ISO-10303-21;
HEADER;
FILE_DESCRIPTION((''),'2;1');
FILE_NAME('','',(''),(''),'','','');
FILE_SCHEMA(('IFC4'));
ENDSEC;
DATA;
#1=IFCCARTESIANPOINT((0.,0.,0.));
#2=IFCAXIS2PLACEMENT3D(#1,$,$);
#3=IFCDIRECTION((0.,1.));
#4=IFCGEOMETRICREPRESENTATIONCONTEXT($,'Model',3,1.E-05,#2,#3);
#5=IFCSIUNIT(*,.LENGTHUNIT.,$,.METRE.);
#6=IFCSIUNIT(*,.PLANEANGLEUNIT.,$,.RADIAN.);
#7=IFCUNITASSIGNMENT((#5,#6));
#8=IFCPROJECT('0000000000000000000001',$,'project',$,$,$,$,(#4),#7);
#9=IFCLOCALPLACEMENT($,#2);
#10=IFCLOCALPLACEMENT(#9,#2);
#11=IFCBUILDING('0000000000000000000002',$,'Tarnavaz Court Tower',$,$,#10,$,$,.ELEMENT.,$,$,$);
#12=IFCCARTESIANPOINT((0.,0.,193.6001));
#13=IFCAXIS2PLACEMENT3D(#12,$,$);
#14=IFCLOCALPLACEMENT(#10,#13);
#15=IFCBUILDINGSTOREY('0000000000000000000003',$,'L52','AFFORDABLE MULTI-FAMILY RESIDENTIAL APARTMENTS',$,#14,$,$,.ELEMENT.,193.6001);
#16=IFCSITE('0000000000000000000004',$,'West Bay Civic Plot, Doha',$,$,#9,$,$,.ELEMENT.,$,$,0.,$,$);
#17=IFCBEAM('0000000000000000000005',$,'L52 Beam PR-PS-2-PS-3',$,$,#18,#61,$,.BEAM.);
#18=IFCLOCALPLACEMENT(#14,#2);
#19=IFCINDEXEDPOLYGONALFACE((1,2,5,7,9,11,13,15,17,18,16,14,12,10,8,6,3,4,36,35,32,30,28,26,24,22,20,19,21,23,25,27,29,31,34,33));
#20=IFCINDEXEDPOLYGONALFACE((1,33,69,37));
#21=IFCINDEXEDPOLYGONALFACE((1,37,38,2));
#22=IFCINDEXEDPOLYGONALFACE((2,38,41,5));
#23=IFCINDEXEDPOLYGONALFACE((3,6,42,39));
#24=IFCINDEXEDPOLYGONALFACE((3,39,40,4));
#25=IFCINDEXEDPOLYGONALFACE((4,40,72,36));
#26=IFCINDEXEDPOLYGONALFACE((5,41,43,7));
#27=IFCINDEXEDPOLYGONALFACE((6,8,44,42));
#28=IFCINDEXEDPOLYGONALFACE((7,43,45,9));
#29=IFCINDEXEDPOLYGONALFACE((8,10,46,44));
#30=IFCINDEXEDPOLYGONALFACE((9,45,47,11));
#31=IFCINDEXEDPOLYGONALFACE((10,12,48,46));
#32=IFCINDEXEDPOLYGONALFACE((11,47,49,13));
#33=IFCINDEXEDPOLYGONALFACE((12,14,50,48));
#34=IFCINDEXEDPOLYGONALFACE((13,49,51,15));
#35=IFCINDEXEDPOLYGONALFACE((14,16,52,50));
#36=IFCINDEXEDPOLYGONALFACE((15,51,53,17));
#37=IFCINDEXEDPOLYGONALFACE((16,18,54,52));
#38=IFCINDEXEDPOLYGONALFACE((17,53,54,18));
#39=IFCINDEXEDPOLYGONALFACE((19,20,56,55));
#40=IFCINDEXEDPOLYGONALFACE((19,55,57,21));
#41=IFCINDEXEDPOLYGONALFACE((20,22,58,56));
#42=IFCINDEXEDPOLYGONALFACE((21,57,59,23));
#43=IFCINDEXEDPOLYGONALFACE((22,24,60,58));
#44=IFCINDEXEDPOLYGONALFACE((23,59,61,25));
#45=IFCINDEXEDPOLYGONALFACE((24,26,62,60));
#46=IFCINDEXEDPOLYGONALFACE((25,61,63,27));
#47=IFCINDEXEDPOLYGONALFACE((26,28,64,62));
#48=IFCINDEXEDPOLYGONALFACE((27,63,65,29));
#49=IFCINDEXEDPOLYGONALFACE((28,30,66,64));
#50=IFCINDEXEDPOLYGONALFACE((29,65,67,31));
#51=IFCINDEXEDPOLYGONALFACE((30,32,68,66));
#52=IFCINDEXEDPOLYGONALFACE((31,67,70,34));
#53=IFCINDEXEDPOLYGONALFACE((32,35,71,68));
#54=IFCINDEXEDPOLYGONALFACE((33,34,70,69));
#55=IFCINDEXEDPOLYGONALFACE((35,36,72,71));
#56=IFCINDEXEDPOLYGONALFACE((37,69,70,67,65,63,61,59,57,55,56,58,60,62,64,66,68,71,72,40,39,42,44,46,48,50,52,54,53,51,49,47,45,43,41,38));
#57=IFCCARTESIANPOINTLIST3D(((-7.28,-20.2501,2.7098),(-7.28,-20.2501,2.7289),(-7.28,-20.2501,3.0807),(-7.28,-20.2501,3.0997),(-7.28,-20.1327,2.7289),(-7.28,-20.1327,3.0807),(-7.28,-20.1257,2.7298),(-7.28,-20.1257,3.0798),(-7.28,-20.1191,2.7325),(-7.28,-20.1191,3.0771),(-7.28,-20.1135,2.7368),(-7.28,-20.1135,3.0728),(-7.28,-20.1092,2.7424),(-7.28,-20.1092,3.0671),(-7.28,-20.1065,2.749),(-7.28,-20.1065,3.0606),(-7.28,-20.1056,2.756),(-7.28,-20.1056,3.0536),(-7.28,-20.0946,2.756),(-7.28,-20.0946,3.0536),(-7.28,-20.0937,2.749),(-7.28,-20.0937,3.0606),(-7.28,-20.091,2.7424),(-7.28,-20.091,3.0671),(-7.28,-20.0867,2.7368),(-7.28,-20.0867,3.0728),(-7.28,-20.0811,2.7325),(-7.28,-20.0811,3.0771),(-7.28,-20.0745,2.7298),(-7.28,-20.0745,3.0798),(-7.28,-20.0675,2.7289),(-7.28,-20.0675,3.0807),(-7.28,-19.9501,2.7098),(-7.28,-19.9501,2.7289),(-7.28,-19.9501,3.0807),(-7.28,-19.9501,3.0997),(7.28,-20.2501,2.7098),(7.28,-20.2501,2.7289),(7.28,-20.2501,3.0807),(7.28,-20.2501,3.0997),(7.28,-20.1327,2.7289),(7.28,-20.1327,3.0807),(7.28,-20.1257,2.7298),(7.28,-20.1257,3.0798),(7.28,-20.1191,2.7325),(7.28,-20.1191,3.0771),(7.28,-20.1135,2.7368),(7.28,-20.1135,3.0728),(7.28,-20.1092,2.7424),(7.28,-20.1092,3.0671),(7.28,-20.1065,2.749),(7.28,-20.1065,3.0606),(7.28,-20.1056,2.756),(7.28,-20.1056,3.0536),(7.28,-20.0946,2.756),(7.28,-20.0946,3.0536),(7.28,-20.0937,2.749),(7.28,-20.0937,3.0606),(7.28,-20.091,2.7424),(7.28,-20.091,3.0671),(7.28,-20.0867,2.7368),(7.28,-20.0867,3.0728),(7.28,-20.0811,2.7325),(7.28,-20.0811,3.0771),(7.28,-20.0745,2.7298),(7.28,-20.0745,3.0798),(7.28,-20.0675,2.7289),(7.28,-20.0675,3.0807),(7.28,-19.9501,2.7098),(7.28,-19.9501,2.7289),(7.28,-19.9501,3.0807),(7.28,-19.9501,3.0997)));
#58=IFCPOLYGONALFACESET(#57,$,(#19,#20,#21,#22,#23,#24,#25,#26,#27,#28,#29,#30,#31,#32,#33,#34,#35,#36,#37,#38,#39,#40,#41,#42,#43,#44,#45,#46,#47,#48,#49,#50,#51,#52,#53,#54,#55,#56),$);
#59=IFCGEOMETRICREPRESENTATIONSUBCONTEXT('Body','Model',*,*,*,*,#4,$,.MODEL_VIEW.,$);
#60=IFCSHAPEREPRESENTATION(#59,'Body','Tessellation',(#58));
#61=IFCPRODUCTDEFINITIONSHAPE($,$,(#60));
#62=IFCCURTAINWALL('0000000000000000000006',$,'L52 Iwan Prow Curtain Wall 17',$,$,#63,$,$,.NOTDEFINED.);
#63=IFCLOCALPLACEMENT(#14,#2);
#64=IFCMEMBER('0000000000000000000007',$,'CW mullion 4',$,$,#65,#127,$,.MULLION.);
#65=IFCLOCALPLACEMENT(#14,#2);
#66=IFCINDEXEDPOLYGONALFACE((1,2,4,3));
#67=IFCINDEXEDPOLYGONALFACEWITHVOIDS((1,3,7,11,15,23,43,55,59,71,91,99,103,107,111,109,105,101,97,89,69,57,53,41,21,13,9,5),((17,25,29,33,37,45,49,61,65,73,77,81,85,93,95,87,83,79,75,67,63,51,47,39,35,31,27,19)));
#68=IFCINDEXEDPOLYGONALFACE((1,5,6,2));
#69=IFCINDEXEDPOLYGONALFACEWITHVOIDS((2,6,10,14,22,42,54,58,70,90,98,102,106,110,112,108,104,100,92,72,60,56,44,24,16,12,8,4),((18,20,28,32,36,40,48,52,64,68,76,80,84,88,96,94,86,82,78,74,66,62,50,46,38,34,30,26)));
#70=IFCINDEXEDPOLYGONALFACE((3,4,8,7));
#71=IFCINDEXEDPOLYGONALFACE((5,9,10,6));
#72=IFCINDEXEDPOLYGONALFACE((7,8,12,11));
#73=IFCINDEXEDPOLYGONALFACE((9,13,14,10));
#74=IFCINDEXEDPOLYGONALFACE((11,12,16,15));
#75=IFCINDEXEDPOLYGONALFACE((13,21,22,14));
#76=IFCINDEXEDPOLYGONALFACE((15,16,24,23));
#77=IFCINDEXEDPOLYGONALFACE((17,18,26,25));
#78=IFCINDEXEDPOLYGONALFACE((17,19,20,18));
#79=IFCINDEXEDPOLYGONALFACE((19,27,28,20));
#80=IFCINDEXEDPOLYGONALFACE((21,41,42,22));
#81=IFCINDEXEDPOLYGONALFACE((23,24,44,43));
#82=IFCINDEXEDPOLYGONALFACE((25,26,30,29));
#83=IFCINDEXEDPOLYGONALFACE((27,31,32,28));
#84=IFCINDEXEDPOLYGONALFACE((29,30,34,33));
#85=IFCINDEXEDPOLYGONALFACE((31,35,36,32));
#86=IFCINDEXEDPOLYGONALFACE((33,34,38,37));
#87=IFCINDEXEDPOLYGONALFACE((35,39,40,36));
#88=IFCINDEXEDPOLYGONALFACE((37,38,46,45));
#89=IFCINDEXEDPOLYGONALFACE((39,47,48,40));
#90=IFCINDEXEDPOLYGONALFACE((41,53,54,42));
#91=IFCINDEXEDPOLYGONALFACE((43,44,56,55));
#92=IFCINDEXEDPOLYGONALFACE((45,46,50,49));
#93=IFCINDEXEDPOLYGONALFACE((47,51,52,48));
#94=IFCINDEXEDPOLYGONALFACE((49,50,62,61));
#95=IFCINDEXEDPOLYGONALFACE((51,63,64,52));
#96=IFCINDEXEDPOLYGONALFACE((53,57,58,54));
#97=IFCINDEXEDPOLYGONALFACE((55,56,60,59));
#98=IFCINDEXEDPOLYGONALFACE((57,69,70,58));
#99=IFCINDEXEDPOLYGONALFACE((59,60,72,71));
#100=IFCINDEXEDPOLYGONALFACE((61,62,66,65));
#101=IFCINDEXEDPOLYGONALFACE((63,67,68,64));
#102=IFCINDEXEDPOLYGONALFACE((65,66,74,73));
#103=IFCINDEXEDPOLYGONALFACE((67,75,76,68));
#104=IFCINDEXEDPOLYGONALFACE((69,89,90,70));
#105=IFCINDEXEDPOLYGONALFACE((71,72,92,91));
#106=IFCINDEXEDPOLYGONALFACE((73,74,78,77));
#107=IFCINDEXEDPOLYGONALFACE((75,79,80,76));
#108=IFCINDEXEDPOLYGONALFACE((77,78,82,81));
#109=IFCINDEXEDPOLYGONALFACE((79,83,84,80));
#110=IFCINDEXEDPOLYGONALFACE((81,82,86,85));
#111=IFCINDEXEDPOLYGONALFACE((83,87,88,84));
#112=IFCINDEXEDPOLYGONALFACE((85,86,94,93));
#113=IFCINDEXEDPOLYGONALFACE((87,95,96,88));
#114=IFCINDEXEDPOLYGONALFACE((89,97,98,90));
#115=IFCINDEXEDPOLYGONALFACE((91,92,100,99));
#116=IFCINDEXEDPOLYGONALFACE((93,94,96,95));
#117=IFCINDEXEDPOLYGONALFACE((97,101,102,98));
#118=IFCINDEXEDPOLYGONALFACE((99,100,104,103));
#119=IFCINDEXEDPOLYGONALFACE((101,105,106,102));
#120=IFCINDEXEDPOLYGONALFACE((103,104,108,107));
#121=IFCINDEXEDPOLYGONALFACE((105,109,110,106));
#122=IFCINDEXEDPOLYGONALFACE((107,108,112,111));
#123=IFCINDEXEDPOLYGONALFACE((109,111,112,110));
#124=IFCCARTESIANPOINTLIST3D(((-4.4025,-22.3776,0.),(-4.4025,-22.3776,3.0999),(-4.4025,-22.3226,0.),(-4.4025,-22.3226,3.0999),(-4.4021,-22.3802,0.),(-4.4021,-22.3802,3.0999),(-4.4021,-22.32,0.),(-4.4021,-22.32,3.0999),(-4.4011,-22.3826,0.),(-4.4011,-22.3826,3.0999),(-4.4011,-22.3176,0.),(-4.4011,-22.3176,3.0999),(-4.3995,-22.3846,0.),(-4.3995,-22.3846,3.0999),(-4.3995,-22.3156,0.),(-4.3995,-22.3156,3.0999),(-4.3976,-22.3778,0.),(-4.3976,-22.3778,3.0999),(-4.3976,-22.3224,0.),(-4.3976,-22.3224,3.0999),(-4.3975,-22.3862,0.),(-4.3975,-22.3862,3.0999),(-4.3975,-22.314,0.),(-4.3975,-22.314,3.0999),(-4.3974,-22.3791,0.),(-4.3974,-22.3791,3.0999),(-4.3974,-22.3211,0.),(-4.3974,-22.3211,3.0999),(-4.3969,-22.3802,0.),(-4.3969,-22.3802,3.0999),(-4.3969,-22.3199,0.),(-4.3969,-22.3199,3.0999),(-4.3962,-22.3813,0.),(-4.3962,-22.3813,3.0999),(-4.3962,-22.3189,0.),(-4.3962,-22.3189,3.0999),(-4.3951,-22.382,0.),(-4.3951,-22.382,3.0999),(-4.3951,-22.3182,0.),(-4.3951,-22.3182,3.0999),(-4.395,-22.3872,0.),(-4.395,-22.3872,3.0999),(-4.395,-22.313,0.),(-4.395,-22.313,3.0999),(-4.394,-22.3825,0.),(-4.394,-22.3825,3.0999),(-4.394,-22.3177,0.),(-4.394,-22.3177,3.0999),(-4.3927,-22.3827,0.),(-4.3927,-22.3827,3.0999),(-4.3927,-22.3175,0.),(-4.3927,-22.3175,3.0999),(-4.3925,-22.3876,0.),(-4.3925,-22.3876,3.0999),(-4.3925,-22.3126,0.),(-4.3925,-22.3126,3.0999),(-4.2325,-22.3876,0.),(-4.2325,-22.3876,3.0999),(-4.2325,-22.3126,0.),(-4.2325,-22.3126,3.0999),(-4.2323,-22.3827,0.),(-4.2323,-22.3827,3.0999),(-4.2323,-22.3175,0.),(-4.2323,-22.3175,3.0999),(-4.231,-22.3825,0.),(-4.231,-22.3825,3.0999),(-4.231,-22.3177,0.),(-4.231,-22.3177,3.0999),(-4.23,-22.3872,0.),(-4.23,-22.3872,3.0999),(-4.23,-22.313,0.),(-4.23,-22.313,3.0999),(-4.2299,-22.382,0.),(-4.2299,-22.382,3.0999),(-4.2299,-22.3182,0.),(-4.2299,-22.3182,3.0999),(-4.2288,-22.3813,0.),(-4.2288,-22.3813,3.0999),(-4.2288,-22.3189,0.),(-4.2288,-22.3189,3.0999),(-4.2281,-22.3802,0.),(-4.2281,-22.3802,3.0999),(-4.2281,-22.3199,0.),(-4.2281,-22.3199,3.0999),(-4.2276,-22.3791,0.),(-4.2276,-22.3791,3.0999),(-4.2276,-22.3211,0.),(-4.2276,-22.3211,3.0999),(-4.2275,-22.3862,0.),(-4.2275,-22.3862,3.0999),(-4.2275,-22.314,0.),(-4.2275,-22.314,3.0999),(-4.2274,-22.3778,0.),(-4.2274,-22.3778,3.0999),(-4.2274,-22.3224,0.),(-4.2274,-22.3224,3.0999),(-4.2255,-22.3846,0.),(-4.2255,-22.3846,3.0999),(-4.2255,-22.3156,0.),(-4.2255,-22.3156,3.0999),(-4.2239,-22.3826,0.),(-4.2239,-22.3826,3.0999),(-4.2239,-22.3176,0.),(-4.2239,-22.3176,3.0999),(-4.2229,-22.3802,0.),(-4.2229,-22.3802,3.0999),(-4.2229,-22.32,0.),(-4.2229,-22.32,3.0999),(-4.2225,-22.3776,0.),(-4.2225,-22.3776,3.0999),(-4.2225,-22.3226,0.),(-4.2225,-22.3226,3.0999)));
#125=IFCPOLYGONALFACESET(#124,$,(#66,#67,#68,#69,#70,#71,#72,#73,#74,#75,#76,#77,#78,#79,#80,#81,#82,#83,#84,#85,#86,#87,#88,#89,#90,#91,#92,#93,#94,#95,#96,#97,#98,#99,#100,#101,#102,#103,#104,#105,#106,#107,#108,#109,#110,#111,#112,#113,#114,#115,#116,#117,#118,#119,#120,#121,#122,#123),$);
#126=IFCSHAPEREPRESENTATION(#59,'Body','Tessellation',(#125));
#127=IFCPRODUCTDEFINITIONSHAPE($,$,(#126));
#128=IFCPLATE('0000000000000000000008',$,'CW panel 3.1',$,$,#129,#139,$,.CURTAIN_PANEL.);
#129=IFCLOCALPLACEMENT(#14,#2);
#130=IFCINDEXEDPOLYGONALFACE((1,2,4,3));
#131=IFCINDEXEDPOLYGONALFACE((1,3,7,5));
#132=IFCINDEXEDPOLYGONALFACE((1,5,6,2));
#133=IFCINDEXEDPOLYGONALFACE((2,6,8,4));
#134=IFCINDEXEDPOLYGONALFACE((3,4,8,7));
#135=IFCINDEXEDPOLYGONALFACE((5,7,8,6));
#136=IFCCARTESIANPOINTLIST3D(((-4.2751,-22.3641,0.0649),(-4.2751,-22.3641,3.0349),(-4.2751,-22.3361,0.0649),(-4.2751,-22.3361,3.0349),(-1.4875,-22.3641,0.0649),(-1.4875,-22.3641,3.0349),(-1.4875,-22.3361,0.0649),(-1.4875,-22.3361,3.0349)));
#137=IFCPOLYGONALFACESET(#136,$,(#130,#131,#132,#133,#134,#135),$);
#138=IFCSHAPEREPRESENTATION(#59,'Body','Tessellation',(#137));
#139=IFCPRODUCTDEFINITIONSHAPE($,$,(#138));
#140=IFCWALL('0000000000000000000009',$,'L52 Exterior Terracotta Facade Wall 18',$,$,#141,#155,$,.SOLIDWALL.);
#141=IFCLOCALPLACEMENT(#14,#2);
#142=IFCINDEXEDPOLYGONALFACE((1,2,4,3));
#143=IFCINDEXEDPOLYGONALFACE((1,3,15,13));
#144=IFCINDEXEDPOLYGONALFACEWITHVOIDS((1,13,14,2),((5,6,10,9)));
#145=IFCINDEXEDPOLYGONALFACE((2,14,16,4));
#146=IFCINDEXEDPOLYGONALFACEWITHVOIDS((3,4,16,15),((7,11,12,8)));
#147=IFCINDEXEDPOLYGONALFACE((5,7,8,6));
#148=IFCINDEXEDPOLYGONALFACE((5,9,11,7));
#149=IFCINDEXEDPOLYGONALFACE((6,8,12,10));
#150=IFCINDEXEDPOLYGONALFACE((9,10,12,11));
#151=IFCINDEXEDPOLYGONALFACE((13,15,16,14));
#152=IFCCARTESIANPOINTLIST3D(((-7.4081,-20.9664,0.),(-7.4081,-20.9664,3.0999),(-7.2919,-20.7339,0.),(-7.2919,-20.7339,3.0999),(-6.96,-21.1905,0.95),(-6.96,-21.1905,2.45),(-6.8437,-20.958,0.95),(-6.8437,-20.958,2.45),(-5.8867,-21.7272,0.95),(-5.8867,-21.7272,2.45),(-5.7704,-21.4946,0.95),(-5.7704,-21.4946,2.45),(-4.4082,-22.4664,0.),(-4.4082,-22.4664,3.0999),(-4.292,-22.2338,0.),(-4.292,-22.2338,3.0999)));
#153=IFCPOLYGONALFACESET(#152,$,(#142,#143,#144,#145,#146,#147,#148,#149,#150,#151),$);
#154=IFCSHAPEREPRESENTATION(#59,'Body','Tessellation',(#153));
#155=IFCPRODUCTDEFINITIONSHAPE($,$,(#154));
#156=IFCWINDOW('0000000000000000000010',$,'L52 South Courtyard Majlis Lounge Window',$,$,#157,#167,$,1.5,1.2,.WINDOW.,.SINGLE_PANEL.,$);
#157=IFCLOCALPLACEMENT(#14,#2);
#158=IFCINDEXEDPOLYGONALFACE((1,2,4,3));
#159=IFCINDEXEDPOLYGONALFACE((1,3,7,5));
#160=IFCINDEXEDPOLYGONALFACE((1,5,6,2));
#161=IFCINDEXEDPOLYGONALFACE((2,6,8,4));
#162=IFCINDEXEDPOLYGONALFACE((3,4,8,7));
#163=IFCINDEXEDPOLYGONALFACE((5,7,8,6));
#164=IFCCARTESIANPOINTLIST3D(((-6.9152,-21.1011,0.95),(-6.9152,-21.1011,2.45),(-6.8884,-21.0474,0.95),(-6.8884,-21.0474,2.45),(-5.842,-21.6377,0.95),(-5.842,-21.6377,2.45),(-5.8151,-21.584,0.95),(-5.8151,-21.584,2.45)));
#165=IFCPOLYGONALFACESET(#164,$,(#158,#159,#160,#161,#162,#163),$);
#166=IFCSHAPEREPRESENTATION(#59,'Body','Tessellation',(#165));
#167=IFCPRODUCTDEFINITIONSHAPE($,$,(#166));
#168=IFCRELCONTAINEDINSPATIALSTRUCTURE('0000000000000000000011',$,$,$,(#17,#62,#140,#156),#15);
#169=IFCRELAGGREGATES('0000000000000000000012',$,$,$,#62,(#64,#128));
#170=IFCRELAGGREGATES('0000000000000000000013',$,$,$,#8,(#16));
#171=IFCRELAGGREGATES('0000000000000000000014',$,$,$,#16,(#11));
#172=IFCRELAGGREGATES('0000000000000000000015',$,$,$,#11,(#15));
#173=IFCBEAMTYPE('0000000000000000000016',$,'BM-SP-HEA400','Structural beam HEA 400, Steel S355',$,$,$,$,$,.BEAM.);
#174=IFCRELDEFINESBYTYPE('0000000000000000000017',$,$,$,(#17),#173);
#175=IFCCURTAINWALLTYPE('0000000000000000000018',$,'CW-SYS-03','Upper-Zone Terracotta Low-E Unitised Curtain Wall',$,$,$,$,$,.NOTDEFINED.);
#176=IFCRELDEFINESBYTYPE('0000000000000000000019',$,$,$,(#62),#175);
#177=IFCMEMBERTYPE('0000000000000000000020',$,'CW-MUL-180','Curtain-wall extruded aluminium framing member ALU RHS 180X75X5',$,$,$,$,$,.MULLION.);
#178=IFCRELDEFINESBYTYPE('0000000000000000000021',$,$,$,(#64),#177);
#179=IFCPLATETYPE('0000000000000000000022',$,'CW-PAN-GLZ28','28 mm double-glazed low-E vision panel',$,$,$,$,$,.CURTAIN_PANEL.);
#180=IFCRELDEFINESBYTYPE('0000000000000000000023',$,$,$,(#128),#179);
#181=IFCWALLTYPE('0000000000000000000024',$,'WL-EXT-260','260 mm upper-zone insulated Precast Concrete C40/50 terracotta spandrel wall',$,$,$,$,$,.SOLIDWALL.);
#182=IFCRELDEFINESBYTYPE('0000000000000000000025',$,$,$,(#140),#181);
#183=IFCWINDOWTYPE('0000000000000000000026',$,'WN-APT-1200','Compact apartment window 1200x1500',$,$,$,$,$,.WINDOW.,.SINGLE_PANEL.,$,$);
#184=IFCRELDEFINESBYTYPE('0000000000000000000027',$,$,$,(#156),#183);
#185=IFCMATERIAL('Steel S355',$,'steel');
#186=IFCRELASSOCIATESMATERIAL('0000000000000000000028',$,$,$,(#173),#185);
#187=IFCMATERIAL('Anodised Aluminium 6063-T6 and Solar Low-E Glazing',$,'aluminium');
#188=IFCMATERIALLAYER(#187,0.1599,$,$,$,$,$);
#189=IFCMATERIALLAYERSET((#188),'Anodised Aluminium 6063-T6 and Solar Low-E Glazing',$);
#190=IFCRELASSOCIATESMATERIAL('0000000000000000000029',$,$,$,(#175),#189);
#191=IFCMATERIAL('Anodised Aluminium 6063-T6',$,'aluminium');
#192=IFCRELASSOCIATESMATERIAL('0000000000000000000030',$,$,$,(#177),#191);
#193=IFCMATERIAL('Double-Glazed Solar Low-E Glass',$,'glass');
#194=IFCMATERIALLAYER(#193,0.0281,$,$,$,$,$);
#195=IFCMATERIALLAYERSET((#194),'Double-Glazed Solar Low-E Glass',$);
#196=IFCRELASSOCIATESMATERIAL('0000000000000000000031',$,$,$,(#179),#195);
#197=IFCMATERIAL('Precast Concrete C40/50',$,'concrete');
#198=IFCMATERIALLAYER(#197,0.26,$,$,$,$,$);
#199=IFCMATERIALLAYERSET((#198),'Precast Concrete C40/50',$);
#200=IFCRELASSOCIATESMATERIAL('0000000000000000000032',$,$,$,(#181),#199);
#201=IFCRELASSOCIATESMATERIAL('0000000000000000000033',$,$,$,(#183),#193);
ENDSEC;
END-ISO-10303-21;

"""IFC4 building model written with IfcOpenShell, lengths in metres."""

from ifc_helpers import new_model, si_unit, direction, frame, frame_2d, origin, origin_2d, place, context, subcontext, project, spatial, rectangle, hollow_rectangle, i_section, extrude, material, layer, layer_set, material_profile, profile_set, type_object, element, fill, aggregate, save


model = new_model("IFC4")

# Units and contexts
model_context = context("Model", 3, precision=1e-05, world=origin(), true_north=direction((0.0, 1.0)))
body_context = subcontext(model_context, "Body", "Model", "MODEL_VIEW")
ifc_project = project(units=[si_unit("LENGTHUNIT", "METRE"), si_unit("PLANEANGLEUNIT", "RADIAN")], contexts=[model_context])

# Site, building, storey
site_placement = place(None, origin())
site = spatial("IfcSite", under=ifc_project, at=site_placement, Name="West Bay Civic Plot, Doha", CompositionType="ELEMENT", RefElevation=0.0)
building_placement = place(site_placement, origin())
building = spatial("IfcBuilding", under=site, at=building_placement, Name="Tarnavaz Court Tower", CompositionType="ELEMENT")
storey_placement = place(building_placement, frame((0.0, 0.0, 193.6001)))
storey = spatial("IfcBuildingStorey", under=building, at=storey_placement, Name="L52", Description="AFFORDABLE MULTI-FAMILY RESIDENTIAL APARTMENTS", CompositionType="ELEMENT", Elevation=193.6001)

# Beam
ifc_material_1 = material(Name="Steel S355", Category="steel")
ifc_material_profile_1 = material_profile(ifc_material_1, i_section(OverallWidth=0.3, OverallDepth=0.3899, WebThickness=0.011, FlangeThickness=0.019, FilletRadius=0.0271, at=origin_2d()), Name="HEA 400")
ifc_profile_set_1 = profile_set([ifc_material_profile_1], Name="Steel S355")
beam_type_1 = type_object("IfcBeamType", Name="BM-SP-HEA400", Description="Structural beam HEA 400, Steel S355", PredefinedType="BEAM", material=ifc_profile_set_1)
beam_1_placement = place(storey_placement, frame((-7.28, -20.1001, 2.9048), z_axis=(1.0, 0.0, 0.0), x_axis=(0.0, 1.0, 0.0)))
element("IfcBeam", 1, at=beam_1_placement, inside=storey, type_object=beam_type_1, Name="L52 Beam PR-PS-2-PS-3", PredefinedType="BEAM", context=body_context, shape_type="SweptSolid", body=[
    extrude(i_section(OverallWidth=0.3, OverallDepth=0.3899, WebThickness=0.011, FlangeThickness=0.019, FilletRadius=0.0271, at=origin_2d()), origin(), (0.0, 0.0, 1.0), 14.5601),
])

# Curtain wall, member, plate
ifc_material_2 = material(Name="Anodised Aluminium 6063-T6 and Solar Low-E Glazing", Category="aluminium")
ifc_layer_1 = layer(ifc_material_2, 0.1599)
ifc_layer_set_1 = layer_set([ifc_layer_1], Name="Anodised Aluminium 6063-T6 and Solar Low-E Glazing")
curtain_wall_type = type_object("IfcCurtainWallType", Name="CW-SYS-03", Description="Upper-Zone Terracotta Low-E Unitised Curtain Wall", PredefinedType="NOTDEFINED", material=ifc_layer_set_1)
curtain_wall_placement = place(storey_placement, origin())
curtain_wall = element("IfcCurtainWall", 2, at=curtain_wall_placement, inside=storey, type_object=curtain_wall_type, Name="L52 Iwan Prow Curtain Wall 17", PredefinedType="NOTDEFINED")
ifc_material_3 = material(Name="Anodised Aluminium 6063-T6", Category="aluminium")
ifc_material_profile_2 = material_profile(ifc_material_3, hollow_rectangle(XDim=0.075, YDim=0.1799, WallThickness=0.0049, InnerFilletRadius=0.0049, OuterFilletRadius=0.01, at=origin_2d()), Name="ALU RHS 180X75X5")
ifc_profile_set_2 = profile_set([ifc_material_profile_2], Name="Anodised Aluminium 6063-T6")
member_type = type_object("IfcMemberType", Name="CW-MUL-180", Description="Curtain-wall extruded aluminium framing member ALU RHS 180X75X5", PredefinedType="MULLION", material=ifc_profile_set_2)
member_placement = place(storey_placement, frame((-4.3125, -22.3501, 0.0), z_axis=(0.0, 0.0, 1.0), x_axis=(0.0, -1.0, 0.0)))
member = element("IfcMember", 3, at=member_placement, type_object=member_type, Name="CW mullion 4", PredefinedType="MULLION", context=body_context, shape_type="SweptSolid", body=[
    extrude(hollow_rectangle(XDim=0.075, YDim=0.1799, WallThickness=0.0049, InnerFilletRadius=0.0049, OuterFilletRadius=0.01, at=origin_2d()), origin(), (0.0, 0.0, 1.0), 3.0999),
])
ifc_material_4 = material(Name="Double-Glazed Solar Low-E Glass", Category="glass")
ifc_layer_2 = layer(ifc_material_4, 0.0281)
ifc_layer_set_2 = layer_set([ifc_layer_2], Name="Double-Glazed Solar Low-E Glass")
plate_type = type_object("IfcPlateType", Name="CW-PAN-GLZ28", Description="28 mm double-glazed low-E vision panel", PredefinedType="CURTAIN_PANEL", material=ifc_layer_set_2)
plate_placement = place(storey_placement, frame((-2.8813, -22.3501, 0.0649), z_axis=(0.0, 0.0, 1.0), x_axis=(-1.0, 0.0, 0.0)))
plate = element("IfcPlate", 4, at=plate_placement, type_object=plate_type, Name="CW panel 3.1", PredefinedType="CURTAIN_PANEL", context=body_context, shape_type="SweptSolid", body=[
    extrude(rectangle(XDim=2.7876, YDim=0.0281, at=origin_2d()), origin(), (0.0, 0.0, 1.0), 2.97),
])
aggregate(curtain_wall, [member, plate])

# Wall, opening, window
ifc_material_5 = material(Name="Precast Concrete C40/50", Category="concrete")
ifc_layer_3 = layer(ifc_material_5, 0.26)
ifc_layer_set_3 = layer_set([ifc_layer_3], Name="Precast Concrete C40/50")
wall_type_1 = type_object("IfcWallType", Name="WL-EXT-260", Description="260 mm upper-zone insulated Precast Concrete C40/50 terracotta spandrel wall", PredefinedType="SOLIDWALL", material=ifc_layer_set_3)
wall_1_placement = place(storey_placement, frame((-4.3501, -22.3501, 0.0), z_axis=(0.0, 0.0, 1.0), x_axis=(-0.894427, 0.447214, 0.0)))
wall_1 = element("IfcWall", 5, at=wall_1_placement, inside=storey, type_object=wall_type_1, Name="L52 Exterior Terracotta Facade Wall 18", PredefinedType="SOLIDWALL", context=body_context, shape_type="SweptSolid", body=[
    extrude(rectangle(XDim=3.354, YDim=0.26, at=frame_2d((1.677, 0.0))), origin(), (0.0, 0.0, 1.0), 3.0999),
])
opening_1_placement = place(wall_1_placement, frame((1.6528, 0.0, 0.95)))
opening_1 = element("IfcOpeningElement", 6, at=opening_1_placement, cuts=wall_1, PredefinedType="OPENING", context=body_context, shape_type="SweptSolid", body=[
    extrude(rectangle(XDim=1.2, YDim=1.5, at=frame_2d((0.6001, 0.75))), frame((0.0, 0.1399, 0.0), z_axis=(0.0, -1.0, 0.0), x_axis=(1.0, 0.0, 0.0)), (0.0, 0.0, 1.0), 0.28),
])
window_type_1 = type_object("IfcWindowType", Name="WN-APT-1200", Description="Compact apartment window 1200x1500", PartitioningType="SINGLE_PANEL", PredefinedType="WINDOW", material=ifc_material_4)
window_1_placement = place(opening_1_placement, origin())
window_1 = element("IfcWindow", 7, at=window_1_placement, inside=storey, type_object=window_type_1, Name="L52 South Courtyard Majlis Lounge Window", OverallHeight=1.5, OverallWidth=1.2, PartitioningType="SINGLE_PANEL", PredefinedType="WINDOW", context=body_context, shape_type="SweptSolid", body=[
    extrude(rectangle(XDim=1.2, YDim=1.5, at=frame_2d((0.6001, 0.75))), frame((0.0, 0.03, 0.0), z_axis=(0.0, -1.0, 0.0), x_axis=(1.0, 0.0, 0.0)), (0.0, 0.0, 1.0), 0.0601),
])
fill(opening_1, window_1)

save(model, "model.ifc")
